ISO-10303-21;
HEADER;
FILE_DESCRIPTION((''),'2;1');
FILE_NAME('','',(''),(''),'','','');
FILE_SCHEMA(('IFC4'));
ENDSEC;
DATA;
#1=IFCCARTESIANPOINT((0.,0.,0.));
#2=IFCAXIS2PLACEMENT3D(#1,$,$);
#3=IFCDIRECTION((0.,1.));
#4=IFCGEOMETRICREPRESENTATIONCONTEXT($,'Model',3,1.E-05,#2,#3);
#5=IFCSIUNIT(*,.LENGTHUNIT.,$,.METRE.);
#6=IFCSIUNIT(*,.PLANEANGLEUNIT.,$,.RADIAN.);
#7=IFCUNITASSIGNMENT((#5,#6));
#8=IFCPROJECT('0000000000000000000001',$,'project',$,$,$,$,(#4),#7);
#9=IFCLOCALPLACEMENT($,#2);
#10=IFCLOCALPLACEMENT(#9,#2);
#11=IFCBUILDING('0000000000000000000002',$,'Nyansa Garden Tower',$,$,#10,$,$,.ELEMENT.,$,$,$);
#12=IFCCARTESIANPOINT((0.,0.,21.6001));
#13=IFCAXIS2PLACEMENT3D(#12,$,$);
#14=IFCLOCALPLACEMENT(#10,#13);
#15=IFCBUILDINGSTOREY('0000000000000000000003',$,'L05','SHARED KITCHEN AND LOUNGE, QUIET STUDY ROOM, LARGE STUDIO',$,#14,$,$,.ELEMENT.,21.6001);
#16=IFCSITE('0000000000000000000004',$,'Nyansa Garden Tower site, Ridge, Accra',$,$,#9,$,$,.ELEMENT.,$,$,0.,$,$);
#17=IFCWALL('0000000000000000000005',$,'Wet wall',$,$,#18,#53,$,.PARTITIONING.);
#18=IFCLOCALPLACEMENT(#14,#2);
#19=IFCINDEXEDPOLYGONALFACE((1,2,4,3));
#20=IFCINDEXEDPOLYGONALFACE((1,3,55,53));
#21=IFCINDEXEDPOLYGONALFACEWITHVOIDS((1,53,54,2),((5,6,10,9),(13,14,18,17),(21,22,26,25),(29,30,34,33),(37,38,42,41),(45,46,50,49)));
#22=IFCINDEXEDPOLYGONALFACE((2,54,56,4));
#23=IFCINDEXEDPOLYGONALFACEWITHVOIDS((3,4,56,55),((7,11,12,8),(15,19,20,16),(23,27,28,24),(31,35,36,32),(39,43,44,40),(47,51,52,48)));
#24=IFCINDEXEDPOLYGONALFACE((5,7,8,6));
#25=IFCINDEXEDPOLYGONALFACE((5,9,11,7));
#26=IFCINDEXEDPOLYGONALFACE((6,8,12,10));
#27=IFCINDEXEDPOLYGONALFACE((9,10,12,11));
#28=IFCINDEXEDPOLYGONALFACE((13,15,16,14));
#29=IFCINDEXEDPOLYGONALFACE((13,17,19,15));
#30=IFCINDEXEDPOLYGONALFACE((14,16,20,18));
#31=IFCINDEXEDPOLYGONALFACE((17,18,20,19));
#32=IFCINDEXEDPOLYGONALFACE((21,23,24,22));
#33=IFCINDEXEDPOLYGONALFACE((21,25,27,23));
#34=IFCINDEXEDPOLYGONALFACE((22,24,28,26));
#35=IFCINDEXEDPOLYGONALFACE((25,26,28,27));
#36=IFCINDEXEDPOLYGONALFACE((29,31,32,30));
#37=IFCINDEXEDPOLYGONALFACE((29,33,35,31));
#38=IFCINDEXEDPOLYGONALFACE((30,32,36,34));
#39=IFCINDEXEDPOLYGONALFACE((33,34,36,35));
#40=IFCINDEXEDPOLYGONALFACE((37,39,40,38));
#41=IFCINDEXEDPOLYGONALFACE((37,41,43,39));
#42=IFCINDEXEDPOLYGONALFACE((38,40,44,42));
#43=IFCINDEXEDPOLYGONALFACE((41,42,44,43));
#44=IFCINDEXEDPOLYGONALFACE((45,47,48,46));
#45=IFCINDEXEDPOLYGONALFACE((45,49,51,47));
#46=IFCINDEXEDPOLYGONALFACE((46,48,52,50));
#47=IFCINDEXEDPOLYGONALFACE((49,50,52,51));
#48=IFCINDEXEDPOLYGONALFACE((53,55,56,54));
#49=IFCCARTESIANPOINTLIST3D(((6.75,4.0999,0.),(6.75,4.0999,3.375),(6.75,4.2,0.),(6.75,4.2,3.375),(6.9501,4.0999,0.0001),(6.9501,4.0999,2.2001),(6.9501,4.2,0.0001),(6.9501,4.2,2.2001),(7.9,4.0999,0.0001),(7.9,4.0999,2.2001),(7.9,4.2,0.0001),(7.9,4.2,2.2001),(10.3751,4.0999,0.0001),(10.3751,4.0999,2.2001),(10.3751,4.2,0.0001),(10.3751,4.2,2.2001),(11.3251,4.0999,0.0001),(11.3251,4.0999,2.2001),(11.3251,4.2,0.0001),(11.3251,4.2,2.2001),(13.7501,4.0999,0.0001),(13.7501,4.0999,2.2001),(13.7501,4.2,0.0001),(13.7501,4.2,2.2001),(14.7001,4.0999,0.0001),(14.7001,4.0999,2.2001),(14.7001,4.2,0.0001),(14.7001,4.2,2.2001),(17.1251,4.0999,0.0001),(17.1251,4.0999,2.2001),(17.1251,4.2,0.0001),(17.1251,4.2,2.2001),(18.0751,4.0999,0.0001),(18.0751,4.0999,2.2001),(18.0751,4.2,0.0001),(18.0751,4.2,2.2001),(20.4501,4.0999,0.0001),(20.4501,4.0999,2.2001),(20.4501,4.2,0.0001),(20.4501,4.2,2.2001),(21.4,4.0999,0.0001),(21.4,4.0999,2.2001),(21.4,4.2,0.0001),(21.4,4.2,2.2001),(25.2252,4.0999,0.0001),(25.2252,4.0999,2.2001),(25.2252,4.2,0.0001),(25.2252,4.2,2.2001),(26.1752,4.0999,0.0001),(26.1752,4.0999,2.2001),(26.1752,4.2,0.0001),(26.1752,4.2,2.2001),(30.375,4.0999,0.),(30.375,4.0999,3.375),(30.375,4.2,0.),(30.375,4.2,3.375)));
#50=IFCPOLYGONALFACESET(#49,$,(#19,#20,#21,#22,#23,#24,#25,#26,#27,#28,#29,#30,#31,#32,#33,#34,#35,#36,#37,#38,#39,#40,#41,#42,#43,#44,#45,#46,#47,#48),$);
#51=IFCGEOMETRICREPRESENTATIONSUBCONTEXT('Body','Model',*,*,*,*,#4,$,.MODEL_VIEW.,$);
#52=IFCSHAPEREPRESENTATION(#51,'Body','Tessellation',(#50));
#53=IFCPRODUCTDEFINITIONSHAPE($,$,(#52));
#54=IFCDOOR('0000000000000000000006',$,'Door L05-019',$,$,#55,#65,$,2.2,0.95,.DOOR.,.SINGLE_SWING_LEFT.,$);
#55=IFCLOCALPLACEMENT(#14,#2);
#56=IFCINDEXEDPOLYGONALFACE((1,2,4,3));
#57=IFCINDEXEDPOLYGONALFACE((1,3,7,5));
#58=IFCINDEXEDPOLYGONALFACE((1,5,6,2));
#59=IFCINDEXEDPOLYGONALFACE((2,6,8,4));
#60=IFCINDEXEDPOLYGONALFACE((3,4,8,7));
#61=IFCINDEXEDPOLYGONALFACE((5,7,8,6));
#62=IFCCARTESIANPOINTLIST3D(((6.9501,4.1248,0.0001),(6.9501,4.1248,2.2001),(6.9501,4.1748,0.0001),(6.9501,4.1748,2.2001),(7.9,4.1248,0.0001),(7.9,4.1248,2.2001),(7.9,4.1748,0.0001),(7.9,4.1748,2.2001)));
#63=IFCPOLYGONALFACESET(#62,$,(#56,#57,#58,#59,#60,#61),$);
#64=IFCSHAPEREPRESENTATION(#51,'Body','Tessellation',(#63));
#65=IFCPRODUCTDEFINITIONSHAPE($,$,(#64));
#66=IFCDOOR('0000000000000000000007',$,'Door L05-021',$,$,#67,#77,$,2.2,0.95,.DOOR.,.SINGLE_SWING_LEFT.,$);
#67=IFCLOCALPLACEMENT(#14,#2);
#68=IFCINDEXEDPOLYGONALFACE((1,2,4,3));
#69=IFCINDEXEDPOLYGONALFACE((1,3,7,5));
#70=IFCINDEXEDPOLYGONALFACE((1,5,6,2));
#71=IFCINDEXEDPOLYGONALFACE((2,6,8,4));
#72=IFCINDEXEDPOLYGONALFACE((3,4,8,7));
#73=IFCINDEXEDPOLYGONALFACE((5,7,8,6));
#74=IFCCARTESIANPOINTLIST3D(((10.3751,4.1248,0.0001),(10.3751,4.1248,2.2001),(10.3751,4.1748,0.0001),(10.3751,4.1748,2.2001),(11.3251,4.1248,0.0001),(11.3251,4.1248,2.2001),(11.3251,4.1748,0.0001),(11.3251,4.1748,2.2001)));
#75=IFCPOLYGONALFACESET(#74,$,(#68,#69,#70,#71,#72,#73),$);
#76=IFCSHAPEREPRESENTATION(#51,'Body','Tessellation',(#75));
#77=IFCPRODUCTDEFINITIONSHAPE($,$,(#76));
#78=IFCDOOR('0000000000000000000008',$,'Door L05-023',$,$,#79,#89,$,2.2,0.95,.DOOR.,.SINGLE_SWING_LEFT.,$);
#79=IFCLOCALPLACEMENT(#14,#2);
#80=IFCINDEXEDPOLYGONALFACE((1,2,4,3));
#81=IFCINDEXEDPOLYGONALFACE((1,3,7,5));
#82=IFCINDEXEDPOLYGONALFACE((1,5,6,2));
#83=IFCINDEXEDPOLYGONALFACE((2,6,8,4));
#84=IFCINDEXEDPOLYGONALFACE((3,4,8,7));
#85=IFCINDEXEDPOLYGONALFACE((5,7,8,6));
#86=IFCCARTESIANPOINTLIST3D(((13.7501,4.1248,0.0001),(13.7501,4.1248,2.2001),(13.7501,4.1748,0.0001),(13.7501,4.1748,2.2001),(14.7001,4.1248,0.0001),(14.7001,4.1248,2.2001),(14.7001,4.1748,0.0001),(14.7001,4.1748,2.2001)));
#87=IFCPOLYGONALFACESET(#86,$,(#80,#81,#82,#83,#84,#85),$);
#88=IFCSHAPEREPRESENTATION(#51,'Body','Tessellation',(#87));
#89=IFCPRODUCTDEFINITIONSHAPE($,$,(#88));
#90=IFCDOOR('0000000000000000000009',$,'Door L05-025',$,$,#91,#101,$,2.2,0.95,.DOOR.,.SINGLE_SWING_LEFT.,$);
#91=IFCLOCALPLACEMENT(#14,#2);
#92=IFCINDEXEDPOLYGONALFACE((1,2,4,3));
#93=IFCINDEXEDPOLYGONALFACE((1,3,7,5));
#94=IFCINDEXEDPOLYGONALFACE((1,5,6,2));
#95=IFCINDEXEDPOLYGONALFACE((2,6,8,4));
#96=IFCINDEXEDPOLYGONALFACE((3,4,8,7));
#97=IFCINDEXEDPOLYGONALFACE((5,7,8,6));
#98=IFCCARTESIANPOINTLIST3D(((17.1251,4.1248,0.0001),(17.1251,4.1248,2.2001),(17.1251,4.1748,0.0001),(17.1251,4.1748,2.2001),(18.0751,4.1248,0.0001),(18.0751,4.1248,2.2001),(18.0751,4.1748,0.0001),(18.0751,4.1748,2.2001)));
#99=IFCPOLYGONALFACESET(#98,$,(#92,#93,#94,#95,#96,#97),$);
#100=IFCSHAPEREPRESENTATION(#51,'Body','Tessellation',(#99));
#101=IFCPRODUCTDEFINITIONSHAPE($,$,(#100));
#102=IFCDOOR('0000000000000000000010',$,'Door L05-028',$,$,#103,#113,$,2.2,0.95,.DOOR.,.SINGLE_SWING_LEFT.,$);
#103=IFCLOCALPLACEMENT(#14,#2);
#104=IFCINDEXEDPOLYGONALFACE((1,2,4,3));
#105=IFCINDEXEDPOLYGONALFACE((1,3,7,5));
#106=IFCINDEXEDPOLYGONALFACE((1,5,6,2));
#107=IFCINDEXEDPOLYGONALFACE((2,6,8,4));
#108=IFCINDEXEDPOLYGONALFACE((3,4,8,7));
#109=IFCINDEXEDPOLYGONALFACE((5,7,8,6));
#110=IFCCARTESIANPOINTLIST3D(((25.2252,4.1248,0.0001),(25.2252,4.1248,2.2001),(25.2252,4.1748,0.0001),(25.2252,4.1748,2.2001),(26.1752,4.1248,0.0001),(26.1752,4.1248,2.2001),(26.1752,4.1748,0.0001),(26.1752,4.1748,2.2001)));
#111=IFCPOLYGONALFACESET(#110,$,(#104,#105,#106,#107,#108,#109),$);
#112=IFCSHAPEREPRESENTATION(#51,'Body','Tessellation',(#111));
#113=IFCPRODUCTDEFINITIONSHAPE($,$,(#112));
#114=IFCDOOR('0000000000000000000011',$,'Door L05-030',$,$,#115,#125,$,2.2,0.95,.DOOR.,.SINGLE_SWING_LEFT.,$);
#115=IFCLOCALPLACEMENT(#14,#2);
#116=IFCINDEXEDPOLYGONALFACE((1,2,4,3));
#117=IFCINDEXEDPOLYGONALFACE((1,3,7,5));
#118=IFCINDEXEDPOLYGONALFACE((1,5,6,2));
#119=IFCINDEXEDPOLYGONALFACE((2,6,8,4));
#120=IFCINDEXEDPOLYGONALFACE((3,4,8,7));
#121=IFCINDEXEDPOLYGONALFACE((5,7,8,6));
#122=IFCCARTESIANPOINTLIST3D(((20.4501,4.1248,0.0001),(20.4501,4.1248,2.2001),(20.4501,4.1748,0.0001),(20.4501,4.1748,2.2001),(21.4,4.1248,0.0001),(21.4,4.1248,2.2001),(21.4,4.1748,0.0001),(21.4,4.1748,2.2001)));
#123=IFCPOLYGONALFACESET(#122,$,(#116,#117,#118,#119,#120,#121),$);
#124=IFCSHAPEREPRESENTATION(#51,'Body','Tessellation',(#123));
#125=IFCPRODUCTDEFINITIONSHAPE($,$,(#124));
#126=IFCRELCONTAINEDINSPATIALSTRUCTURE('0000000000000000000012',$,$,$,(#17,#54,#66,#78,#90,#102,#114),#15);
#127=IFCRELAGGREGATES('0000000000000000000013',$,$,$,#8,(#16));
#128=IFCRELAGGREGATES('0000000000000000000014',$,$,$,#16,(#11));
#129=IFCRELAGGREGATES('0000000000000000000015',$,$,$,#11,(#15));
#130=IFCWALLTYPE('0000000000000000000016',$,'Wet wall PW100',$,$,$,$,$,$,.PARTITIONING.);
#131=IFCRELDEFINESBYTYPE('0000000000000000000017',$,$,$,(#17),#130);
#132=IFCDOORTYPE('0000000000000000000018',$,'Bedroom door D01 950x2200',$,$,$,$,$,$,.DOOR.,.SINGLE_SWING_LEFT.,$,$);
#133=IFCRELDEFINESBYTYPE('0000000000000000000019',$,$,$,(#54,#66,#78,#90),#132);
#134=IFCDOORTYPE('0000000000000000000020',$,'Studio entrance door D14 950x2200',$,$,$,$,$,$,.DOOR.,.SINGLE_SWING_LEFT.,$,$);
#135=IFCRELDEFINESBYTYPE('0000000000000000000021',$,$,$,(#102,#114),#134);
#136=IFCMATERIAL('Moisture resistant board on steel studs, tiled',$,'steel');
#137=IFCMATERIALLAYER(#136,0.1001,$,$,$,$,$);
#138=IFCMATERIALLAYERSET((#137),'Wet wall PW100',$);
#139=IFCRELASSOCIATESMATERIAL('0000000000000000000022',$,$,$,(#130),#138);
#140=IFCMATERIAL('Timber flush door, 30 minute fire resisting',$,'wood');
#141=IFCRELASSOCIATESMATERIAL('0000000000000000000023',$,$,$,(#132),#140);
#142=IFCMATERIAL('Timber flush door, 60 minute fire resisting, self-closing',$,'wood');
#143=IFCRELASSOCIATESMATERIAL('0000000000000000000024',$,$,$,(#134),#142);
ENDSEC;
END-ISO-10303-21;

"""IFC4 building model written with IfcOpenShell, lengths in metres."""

from ifc_helpers import new_model, si_unit, direction, frame, frame_2d, origin, place, context, subcontext, project, spatial, rectangle, extrude, material, layer, layer_set, type_object, element, fill, save


model = new_model("IFC4")

# Units and contexts
model_context = context("Model", 3, precision=1e-05, world=origin(), true_north=direction((0.0, 1.0)))
body_context = subcontext(model_context, "Body", "Model", "MODEL_VIEW")
ifc_project = project(units=[si_unit("LENGTHUNIT", "METRE"), si_unit("PLANEANGLEUNIT", "RADIAN")], contexts=[model_context])

# Site, building, storey
site_placement = place(None, origin())
site = spatial("IfcSite", under=ifc_project, at=site_placement, Name="Nyansa Garden Tower site, Ridge, Accra", CompositionType="ELEMENT", RefElevation=0.0)
building_placement = place(site_placement, origin())
building = spatial("IfcBuilding", under=site, at=building_placement, Name="Nyansa Garden Tower", CompositionType="ELEMENT")
storey_placement = place(building_placement, frame((0.0, 0.0, 21.6001)))
storey = spatial("IfcBuildingStorey", under=building, at=storey_placement, Name="L05", Description="SHARED KITCHEN AND LOUNGE, QUIET STUDY ROOM, LARGE STUDIO", CompositionType="ELEMENT", Elevation=21.6001)

# Wall, openings, doors
ifc_material_1 = material(Name="Moisture resistant board on steel studs, tiled", Category="steel")
ifc_layer_1 = layer(ifc_material_1, 0.1001)
ifc_layer_set_1 = layer_set([ifc_layer_1], Name="Wet wall PW100")
wall_type_1 = type_object("IfcWallType", Name="Wet wall PW100", PredefinedType="PARTITIONING", material=ifc_layer_set_1)
wall_1_placement = place(storey_placement, frame((6.75, 4.1499, 0.0), z_axis=(0.0, 0.0, 1.0), x_axis=(1.0, 0.0, 0.0)))
wall_1 = element("IfcWall", 1, at=wall_1_placement, inside=storey, type_object=wall_type_1, Name="Wet wall", PredefinedType="PARTITIONING", context=body_context, shape_type="SweptSolid", body=[
    extrude(rectangle(XDim=23.625, YDim=0.1001, at=frame_2d((11.8125, 0.0))), origin(), (0.0, 0.0, 1.0), 3.375),
])
opening_1_placement = place(wall_1_placement, frame((0.2, 0.0, 0.0)))
opening_1 = element("IfcOpeningElement", 2, at=opening_1_placement, cuts=wall_1, PredefinedType="OPENING", context=body_context, shape_type="SweptSolid", body=[
    extrude(rectangle(XDim=0.95, YDim=2.2, at=frame_2d((0.4751, 1.1001))), frame((0.0, 0.0601, 0.0), z_axis=(0.0, -1.0, 0.0), x_axis=(1.0, 0.0, 0.0)), (0.0, 0.0, 1.0), 0.1201),
])
opening_2_placement = place(wall_1_placement, frame((3.625, 0.0, 0.0)))
opening_2 = element("IfcOpeningElement", 3, at=opening_2_placement, cuts=wall_1, PredefinedType="OPENING", context=body_context, shape_type="SweptSolid", body=[
    extrude(rectangle(XDim=0.95, YDim=2.2, at=frame_2d((0.4751, 1.1001))), frame((0.0, 0.0601, 0.0), z_axis=(0.0, -1.0, 0.0), x_axis=(1.0, 0.0, 0.0)), (0.0, 0.0, 1.0), 0.1201),
])
opening_3_placement = place(wall_1_placement, frame((7.0, 0.0, 0.0)))
opening_3 = element("IfcOpeningElement", 4, at=opening_3_placement, cuts=wall_1, PredefinedType="OPENING", context=body_context, shape_type="SweptSolid", body=[
    extrude(rectangle(XDim=0.95, YDim=2.2, at=frame_2d((0.4751, 1.1001))), frame((0.0, 0.0601, 0.0), z_axis=(0.0, -1.0, 0.0), x_axis=(1.0, 0.0, 0.0)), (0.0, 0.0, 1.0), 0.1201),
])
opening_4_placement = place(wall_1_placement, frame((10.375, 0.0, 0.0)))
opening_4 = element("IfcOpeningElement", 5, at=opening_4_placement, cuts=wall_1, PredefinedType="OPENING", context=body_context, shape_type="SweptSolid", body=[
    extrude(rectangle(XDim=0.95, YDim=2.2, at=frame_2d((0.4751, 1.1001))), frame((0.0, 0.0601, 0.0), z_axis=(0.0, -1.0, 0.0), x_axis=(1.0, 0.0, 0.0)), (0.0, 0.0, 1.0), 0.1201),
])
opening_5_placement = place(wall_1_placement, frame((18.4751, 0.0, 0.0)))
opening_5 = element("IfcOpeningElement", 6, at=opening_5_placement, cuts=wall_1, PredefinedType="OPENING", context=body_context, shape_type="SweptSolid", body=[
    extrude(rectangle(XDim=0.95, YDim=2.2, at=frame_2d((0.4751, 1.1001))), frame((0.0, 0.0601, 0.0), z_axis=(0.0, -1.0, 0.0), x_axis=(1.0, 0.0, 0.0)), (0.0, 0.0, 1.0), 0.1201),
])
opening_6_placement = place(wall_1_placement, frame((13.7, 0.0, 0.0)))
opening_6 = element("IfcOpeningElement", 7, at=opening_6_placement, cuts=wall_1, PredefinedType="OPENING", context=body_context, shape_type="SweptSolid", body=[
    extrude(rectangle(XDim=0.95, YDim=2.2, at=frame_2d((0.4751, 1.1001))), frame((0.0, 0.0601, 0.0), z_axis=(0.0, -1.0, 0.0), x_axis=(1.0, 0.0, 0.0)), (0.0, 0.0, 1.0), 0.1201),
])
ifc_material_2 = material(Name="Timber flush door, 30 minute fire resisting", Category="wood")
door_type_1 = type_object("IfcDoorType", Name="Bedroom door D01 950x2200", OperationType="SINGLE_SWING_LEFT", PredefinedType="DOOR", material=ifc_material_2)
door_1_placement = place(opening_1_placement, origin())
door_1 = element("IfcDoor", 8, at=door_1_placement, inside=storey, type_object=door_type_1, Name="Door L05-019", OperationType="SINGLE_SWING_LEFT", OverallHeight=2.2, OverallWidth=0.95, PredefinedType="DOOR", context=body_context, shape_type="SweptSolid", body=[
    extrude(rectangle(XDim=0.95, YDim=2.2, at=frame_2d((0.4751, 1.1001))), frame((0.0, 0.0249, 0.0), z_axis=(0.0, -1.0, 0.0), x_axis=(1.0, 0.0, 0.0)), (0.0, 0.0, 1.0), 0.05),
])
fill(opening_1, door_1)
door_2_placement = place(opening_2_placement, origin())
door_2 = element("IfcDoor", 9, at=door_2_placement, inside=storey, type_object=door_type_1, Name="Door L05-021", OperationType="SINGLE_SWING_LEFT", OverallHeight=2.2, OverallWidth=0.95, PredefinedType="DOOR", context=body_context, shape_type="SweptSolid", body=[
    extrude(rectangle(XDim=0.95, YDim=2.2, at=frame_2d((0.4751, 1.1001))), frame((0.0, 0.0249, 0.0), z_axis=(0.0, -1.0, 0.0), x_axis=(1.0, 0.0, 0.0)), (0.0, 0.0, 1.0), 0.05),
])
fill(opening_2, door_2)
door_3_placement = place(opening_3_placement, origin())
door_3 = element("IfcDoor", 10, at=door_3_placement, inside=storey, type_object=door_type_1, Name="Door L05-023", OperationType="SINGLE_SWING_LEFT", OverallHeight=2.2, OverallWidth=0.95, PredefinedType="DOOR", context=body_context, shape_type="SweptSolid", body=[
    extrude(rectangle(XDim=0.95, YDim=2.2, at=frame_2d((0.4751, 1.1001))), frame((0.0, 0.0249, 0.0), z_axis=(0.0, -1.0, 0.0), x_axis=(1.0, 0.0, 0.0)), (0.0, 0.0, 1.0), 0.05),
])
fill(opening_3, door_3)
door_4_placement = place(opening_4_placement, origin())
door_4 = element("IfcDoor", 11, at=door_4_placement, inside=storey, type_object=door_type_1, Name="Door L05-025", OperationType="SINGLE_SWING_LEFT", OverallHeight=2.2, OverallWidth=0.95, PredefinedType="DOOR", context=body_context, shape_type="SweptSolid", body=[
    extrude(rectangle(XDim=0.95, YDim=2.2, at=frame_2d((0.4751, 1.1001))), frame((0.0, 0.0249, 0.0), z_axis=(0.0, -1.0, 0.0), x_axis=(1.0, 0.0, 0.0)), (0.0, 0.0, 1.0), 0.05),
])
fill(opening_4, door_4)
ifc_material_3 = material(Name="Timber flush door, 60 minute fire resisting, self-closing", Category="wood")
door_type_2 = type_object("IfcDoorType", Name="Studio entrance door D14 950x2200", OperationType="SINGLE_SWING_LEFT", PredefinedType="DOOR", material=ifc_material_3)
door_5_placement = place(opening_5_placement, origin())
door_5 = element("IfcDoor", 12, at=door_5_placement, inside=storey, type_object=door_type_2, Name="Door L05-028", OperationType="SINGLE_SWING_LEFT", OverallHeight=2.2, OverallWidth=0.95, PredefinedType="DOOR", context=body_context, shape_type="SweptSolid", body=[
    extrude(rectangle(XDim=0.95, YDim=2.2, at=frame_2d((0.4751, 1.1001))), frame((0.0, 0.0249, 0.0), z_axis=(0.0, -1.0, 0.0), x_axis=(1.0, 0.0, 0.0)), (0.0, 0.0, 1.0), 0.05),
])
fill(opening_5, door_5)
door_6_placement = place(opening_6_placement, origin())
door_6 = element("IfcDoor", 13, at=door_6_placement, inside=storey, type_object=door_type_2, Name="Door L05-030", OperationType="SINGLE_SWING_LEFT", OverallHeight=2.2, OverallWidth=0.95, PredefinedType="DOOR", context=body_context, shape_type="SweptSolid", body=[
    extrude(rectangle(XDim=0.95, YDim=2.2, at=frame_2d((0.4751, 1.1001))), frame((0.0, 0.0249, 0.0), z_axis=(0.0, -1.0, 0.0), x_axis=(1.0, 0.0, 0.0)), (0.0, 0.0, 1.0), 0.05),
])
fill(opening_6, door_6)

save(model, "model.ifc")
